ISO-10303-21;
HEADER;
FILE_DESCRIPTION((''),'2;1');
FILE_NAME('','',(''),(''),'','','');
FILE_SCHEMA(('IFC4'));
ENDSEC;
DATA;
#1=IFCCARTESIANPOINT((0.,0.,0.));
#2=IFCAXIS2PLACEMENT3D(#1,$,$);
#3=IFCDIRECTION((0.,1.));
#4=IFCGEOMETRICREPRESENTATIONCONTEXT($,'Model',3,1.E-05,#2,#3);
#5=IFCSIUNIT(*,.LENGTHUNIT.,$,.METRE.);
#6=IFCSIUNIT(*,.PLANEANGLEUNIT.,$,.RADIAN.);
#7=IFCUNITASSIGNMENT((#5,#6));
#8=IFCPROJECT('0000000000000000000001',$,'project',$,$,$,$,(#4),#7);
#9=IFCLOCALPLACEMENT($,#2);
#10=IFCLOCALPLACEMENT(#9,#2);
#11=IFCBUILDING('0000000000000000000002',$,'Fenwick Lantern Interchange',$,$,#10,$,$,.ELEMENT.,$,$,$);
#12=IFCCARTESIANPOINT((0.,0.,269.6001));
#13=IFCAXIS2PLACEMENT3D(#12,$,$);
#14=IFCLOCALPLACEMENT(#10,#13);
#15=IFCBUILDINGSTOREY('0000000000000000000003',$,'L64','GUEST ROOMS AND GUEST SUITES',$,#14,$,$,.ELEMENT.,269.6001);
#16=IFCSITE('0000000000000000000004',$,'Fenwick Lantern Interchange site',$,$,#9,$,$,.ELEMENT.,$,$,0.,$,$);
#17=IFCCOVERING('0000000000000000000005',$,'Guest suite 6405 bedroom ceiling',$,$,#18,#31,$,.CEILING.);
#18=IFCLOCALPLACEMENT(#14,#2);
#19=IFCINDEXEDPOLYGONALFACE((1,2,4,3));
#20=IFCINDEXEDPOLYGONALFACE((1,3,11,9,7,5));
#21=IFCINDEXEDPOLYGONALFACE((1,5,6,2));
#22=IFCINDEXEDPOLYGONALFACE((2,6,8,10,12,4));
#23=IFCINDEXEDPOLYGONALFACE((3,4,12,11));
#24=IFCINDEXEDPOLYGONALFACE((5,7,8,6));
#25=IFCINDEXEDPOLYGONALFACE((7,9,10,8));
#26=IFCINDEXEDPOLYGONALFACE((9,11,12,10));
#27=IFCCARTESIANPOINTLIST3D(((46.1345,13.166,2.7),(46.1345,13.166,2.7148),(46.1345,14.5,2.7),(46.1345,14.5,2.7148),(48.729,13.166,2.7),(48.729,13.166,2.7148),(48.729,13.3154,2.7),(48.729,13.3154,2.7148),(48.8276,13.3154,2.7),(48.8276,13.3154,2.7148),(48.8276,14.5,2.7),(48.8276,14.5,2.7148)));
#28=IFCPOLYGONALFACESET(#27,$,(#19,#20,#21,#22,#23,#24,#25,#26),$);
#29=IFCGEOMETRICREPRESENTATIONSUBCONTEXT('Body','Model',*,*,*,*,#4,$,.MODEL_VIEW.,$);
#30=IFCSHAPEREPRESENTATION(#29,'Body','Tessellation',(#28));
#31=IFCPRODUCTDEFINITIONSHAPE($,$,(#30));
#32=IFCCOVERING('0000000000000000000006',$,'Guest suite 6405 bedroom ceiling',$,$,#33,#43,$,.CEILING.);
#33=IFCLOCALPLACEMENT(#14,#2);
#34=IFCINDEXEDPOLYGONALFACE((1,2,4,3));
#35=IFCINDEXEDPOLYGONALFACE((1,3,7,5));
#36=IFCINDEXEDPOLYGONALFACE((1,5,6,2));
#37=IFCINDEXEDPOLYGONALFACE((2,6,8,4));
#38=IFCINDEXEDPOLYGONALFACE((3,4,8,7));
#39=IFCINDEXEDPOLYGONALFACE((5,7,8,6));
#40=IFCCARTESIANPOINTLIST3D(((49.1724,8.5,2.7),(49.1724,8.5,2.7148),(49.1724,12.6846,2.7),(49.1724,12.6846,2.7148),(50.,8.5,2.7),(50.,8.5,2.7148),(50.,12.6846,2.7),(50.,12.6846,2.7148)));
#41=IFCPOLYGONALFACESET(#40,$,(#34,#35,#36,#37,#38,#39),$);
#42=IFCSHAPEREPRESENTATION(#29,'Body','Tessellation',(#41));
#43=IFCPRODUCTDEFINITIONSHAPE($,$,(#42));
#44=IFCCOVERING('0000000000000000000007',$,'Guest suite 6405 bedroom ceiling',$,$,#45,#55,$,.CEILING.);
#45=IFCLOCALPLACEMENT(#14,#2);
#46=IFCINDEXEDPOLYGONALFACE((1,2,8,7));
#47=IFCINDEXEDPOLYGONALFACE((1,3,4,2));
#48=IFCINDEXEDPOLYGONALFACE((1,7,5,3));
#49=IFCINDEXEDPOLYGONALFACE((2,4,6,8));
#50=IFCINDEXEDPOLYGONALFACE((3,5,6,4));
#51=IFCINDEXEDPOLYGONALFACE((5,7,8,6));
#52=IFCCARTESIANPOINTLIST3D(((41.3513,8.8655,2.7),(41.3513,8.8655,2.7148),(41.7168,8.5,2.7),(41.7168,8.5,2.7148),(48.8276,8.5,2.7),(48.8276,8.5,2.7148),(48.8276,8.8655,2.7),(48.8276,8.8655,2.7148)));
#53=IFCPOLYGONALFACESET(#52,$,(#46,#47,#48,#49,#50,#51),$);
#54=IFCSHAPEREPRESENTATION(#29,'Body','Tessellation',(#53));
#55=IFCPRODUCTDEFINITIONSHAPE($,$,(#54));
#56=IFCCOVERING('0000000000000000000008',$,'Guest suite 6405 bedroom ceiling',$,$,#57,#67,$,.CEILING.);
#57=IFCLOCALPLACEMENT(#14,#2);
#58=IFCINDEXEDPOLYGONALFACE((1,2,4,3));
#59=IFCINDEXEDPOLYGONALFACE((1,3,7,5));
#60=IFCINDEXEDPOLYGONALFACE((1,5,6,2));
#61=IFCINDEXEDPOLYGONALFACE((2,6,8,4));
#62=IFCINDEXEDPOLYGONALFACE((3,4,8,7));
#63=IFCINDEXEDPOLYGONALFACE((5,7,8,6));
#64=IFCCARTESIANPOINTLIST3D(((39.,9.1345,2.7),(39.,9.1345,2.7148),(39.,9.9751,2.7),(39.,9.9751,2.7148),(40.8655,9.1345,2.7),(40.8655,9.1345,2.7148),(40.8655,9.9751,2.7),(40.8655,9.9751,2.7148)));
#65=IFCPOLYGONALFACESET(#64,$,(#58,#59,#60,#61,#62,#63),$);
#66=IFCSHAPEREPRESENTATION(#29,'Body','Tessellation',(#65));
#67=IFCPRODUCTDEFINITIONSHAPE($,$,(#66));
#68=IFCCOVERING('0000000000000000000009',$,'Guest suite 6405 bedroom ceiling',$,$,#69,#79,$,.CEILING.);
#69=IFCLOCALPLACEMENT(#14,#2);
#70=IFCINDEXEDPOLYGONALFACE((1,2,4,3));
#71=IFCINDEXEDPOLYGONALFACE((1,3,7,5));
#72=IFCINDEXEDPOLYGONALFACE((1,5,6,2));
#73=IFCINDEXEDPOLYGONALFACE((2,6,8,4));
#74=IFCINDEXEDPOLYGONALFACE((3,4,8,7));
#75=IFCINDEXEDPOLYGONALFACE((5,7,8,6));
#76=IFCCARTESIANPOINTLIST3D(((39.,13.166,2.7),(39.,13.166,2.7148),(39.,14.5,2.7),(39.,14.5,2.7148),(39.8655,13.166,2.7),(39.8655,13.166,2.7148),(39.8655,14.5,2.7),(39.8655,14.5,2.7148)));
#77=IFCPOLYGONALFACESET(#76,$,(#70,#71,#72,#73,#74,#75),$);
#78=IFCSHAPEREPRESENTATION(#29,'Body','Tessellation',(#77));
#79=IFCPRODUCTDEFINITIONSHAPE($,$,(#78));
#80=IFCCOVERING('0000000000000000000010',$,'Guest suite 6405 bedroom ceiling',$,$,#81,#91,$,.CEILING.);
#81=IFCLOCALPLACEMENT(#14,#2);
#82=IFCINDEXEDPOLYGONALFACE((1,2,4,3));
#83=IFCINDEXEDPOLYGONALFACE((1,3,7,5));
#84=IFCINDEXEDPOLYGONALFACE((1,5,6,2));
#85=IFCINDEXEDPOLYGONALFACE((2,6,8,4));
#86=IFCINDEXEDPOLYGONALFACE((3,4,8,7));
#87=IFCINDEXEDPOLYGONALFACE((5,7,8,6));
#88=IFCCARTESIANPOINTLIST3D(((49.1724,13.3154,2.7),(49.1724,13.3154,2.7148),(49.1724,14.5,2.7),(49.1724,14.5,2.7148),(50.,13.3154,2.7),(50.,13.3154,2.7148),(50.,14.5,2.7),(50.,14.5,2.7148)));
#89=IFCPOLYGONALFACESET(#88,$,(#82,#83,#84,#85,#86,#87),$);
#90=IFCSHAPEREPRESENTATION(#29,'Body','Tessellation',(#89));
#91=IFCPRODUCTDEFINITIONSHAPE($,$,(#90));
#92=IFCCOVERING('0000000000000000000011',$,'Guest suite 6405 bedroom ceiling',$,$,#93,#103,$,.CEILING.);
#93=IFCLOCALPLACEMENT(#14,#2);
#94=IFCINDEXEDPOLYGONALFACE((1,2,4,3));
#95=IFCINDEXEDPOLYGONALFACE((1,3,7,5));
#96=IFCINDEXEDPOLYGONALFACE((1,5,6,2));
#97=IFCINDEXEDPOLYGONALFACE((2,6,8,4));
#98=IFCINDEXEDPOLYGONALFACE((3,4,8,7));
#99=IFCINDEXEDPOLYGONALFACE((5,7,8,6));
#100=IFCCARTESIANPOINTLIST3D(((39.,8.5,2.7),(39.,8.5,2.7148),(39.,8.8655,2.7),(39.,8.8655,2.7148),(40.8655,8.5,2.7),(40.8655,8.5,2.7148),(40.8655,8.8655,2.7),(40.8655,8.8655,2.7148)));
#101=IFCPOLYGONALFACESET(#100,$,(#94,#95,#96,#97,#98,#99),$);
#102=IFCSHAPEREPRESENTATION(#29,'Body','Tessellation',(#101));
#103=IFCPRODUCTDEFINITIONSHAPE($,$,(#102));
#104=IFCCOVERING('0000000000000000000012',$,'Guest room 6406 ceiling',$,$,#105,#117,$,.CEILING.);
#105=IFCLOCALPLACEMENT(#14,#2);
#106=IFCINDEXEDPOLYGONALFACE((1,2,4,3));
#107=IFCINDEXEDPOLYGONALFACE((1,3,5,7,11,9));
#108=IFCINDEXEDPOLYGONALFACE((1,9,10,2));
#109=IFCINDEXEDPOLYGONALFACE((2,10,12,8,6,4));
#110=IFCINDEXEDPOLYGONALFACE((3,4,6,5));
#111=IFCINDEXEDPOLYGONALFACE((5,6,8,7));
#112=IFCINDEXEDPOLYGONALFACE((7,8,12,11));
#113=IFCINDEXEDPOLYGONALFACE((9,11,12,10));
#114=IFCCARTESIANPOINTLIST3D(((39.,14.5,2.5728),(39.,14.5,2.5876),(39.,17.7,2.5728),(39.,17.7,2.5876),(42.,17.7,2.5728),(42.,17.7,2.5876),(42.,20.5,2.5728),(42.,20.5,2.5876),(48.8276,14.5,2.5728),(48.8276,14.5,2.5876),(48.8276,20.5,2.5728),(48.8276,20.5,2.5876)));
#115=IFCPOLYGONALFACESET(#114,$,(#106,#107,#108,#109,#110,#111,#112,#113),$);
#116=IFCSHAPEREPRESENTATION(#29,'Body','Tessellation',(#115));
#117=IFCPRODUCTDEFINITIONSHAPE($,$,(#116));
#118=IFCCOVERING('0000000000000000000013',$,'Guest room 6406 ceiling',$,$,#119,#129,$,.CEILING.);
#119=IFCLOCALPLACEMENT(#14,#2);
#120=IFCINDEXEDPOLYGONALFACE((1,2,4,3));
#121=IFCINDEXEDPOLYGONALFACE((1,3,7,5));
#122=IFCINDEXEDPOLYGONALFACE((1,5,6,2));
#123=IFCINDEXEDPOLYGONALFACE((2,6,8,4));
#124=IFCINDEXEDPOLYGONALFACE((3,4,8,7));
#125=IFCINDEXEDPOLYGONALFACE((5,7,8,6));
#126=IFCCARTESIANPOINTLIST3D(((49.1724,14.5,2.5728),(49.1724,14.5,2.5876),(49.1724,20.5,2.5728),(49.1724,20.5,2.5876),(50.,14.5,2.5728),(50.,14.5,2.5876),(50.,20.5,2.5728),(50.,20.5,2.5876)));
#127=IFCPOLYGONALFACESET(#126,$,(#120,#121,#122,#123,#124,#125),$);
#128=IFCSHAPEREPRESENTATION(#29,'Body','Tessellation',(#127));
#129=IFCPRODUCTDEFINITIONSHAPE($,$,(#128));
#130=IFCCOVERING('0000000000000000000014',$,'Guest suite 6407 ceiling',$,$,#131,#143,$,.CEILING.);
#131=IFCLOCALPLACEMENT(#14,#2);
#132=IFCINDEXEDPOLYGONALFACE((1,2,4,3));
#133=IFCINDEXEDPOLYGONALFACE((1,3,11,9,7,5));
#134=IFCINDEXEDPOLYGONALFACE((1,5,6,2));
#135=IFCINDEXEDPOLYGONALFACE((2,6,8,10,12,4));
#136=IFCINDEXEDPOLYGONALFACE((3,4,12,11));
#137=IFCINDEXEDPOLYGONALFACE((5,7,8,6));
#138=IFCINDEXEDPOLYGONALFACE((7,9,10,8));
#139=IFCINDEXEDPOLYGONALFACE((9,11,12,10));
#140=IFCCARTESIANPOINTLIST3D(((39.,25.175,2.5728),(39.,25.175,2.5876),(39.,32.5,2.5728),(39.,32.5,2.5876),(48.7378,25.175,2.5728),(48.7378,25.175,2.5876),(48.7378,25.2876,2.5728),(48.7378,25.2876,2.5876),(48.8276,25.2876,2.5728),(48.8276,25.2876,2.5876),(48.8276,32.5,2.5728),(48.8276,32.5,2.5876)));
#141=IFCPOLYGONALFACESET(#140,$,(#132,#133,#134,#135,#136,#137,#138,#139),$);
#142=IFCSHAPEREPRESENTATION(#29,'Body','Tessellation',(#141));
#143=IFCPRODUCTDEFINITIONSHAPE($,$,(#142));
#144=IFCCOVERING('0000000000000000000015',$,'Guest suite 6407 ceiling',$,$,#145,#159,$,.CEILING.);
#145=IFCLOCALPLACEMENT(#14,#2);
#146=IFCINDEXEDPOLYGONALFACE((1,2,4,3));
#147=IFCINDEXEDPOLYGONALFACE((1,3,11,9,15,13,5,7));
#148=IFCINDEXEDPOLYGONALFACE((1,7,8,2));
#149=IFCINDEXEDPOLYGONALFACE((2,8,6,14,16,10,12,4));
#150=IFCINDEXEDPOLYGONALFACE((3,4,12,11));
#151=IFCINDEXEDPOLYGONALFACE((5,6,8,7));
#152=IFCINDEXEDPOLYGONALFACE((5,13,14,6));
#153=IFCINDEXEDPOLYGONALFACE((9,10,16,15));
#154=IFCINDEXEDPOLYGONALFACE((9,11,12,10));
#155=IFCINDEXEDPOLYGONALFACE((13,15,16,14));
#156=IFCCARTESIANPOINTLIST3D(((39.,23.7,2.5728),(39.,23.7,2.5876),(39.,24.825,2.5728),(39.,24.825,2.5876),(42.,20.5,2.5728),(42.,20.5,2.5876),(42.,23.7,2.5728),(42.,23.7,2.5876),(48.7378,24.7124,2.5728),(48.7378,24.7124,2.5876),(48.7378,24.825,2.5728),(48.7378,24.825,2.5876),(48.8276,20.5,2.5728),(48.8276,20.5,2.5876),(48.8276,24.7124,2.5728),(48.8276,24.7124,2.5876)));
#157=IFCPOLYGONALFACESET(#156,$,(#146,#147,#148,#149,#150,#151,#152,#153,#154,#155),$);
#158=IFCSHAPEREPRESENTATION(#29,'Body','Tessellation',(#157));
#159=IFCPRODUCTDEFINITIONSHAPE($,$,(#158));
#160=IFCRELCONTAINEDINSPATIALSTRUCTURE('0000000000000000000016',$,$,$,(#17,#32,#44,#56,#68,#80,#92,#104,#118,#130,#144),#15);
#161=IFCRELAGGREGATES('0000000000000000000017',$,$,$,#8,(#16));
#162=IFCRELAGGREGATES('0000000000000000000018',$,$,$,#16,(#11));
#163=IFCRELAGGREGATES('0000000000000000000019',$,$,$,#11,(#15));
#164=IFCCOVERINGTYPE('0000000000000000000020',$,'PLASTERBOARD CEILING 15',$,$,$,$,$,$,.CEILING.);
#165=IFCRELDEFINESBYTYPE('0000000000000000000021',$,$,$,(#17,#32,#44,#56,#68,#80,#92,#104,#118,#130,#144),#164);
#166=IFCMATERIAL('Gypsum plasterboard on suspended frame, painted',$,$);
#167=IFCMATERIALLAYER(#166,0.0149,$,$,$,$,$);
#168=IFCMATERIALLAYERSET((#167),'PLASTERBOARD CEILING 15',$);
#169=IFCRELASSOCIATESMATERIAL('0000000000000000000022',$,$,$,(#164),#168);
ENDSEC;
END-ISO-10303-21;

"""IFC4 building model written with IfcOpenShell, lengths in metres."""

from ifc_helpers import new_model, si_unit, direction, frame, origin, place, context, subcontext, project, spatial, polyline, outline, extrude, material, layer, layer_set, type_object, element, save


model = new_model("IFC4")

# Units and contexts
model_context = context("Model", 3, precision=1e-05, world=origin(), true_north=direction((0.0, 1.0)))
body_context = subcontext(model_context, "Body", "Model", "MODEL_VIEW")
ifc_project = project(units=[si_unit("LENGTHUNIT", "METRE"), si_unit("PLANEANGLEUNIT", "RADIAN")], contexts=[model_context])

# Site, building, storey
site_placement = place(None, origin())
site = spatial("IfcSite", under=ifc_project, at=site_placement, Name="Fenwick Lantern Interchange site", CompositionType="ELEMENT", RefElevation=0.0)
building_placement = place(site_placement, origin())
building = spatial("IfcBuilding", under=site, at=building_placement, Name="Fenwick Lantern Interchange", CompositionType="ELEMENT")
storey_placement = place(building_placement, frame((0.0, 0.0, 269.6001)))
storey = spatial("IfcBuildingStorey", under=building, at=storey_placement, Name="L64", Description="GUEST ROOMS AND GUEST SUITES", CompositionType="ELEMENT", Elevation=269.6001)

# Coverings
ifc_material_1 = material(Name="Gypsum plasterboard on suspended frame, painted")
ifc_layer_1 = layer(ifc_material_1, 0.0149)
ifc_layer_set_1 = layer_set([ifc_layer_1], Name="PLASTERBOARD CEILING 15")
covering_type_1 = type_object("IfcCoveringType", Name="PLASTERBOARD CEILING 15", PredefinedType="CEILING", material=ifc_layer_set_1)
covering_1_placement = place(storey_placement, frame((0.0, 0.0, 2.7)))
element("IfcCovering", 1, at=covering_1_placement, inside=storey, type_object=covering_type_1, Name="Guest suite 6405 bedroom ceiling", PredefinedType="CEILING", context=body_context, shape_type="SweptSolid", body=[
    extrude(outline(polyline([(48.729, 13.3154), (48.8276, 13.3154), (48.8276, 14.5), (46.1345, 14.5), (46.1345, 13.166), (48.729, 13.166), (48.729, 13.3154)])), origin(), (0.0, 0.0, 1.0), 0.0149),
])
covering_2_placement = place(storey_placement, frame((0.0, 0.0, 2.7)))
element("IfcCovering", 2, at=covering_2_placement, inside=storey, type_object=covering_type_1, Name="Guest suite 6405 bedroom ceiling", PredefinedType="CEILING", context=body_context, shape_type="SweptSolid", body=[
    extrude(outline(polyline([(50.0, 12.6846), (49.1724, 12.6846), (49.1724, 8.5), (50.0, 8.5), (50.0, 12.6846)])), origin(), (0.0, 0.0, 1.0), 0.0149),
])
covering_3_placement = place(storey_placement, frame((0.0, 0.0, 2.7)))
element("IfcCovering", 3, at=covering_3_placement, inside=storey, type_object=covering_type_1, Name="Guest suite 6405 bedroom ceiling", PredefinedType="CEILING", context=body_context, shape_type="SweptSolid", body=[
    extrude(outline(polyline([(41.7168, 8.5), (48.8276, 8.5), (48.8276, 8.8655), (41.3513, 8.8655), (41.7168, 8.5)])), origin(), (0.0, 0.0, 1.0), 0.0149),
])
covering_4_placement = place(storey_placement, frame((0.0, 0.0, 2.7)))
element("IfcCovering", 4, at=covering_4_placement, inside=storey, type_object=covering_type_1, Name="Guest suite 6405 bedroom ceiling", PredefinedType="CEILING", context=body_context, shape_type="SweptSolid", body=[
    extrude(outline(polyline([(39.0, 9.9751), (39.0, 9.1345), (40.8655, 9.1345), (40.8655, 9.9751), (39.0, 9.9751)])), origin(), (0.0, 0.0, 1.0), 0.0149),
])
covering_5_placement = place(storey_placement, frame((0.0, 0.0, 2.7)))
element("IfcCovering", 5, at=covering_5_placement, inside=storey, type_object=covering_type_1, Name="Guest suite 6405 bedroom ceiling", PredefinedType="CEILING", context=body_context, shape_type="SweptSolid", body=[
    extrude(outline(polyline([(39.0, 14.5), (39.0, 13.166), (39.8655, 13.166), (39.8655, 14.5), (39.0, 14.5)])), origin(), (0.0, 0.0, 1.0), 0.0149),
])
covering_6_placement = place(storey_placement, frame((0.0, 0.0, 2.7)))
element("IfcCovering", 6, at=covering_6_placement, inside=storey, type_object=covering_type_1, Name="Guest suite 6405 bedroom ceiling", PredefinedType="CEILING", context=body_context, shape_type="SweptSolid", body=[
    extrude(outline(polyline([(50.0, 13.3154), (50.0, 14.5), (49.1724, 14.5), (49.1724, 13.3154), (50.0, 13.3154)])), origin(), (0.0, 0.0, 1.0), 0.0149),
])
covering_7_placement = place(storey_placement, frame((0.0, 0.0, 2.7)))
element("IfcCovering", 7, at=covering_7_placement, inside=storey, type_object=covering_type_1, Name="Guest suite 6405 bedroom ceiling", PredefinedType="CEILING", context=body_context, shape_type="SweptSolid", body=[
    extrude(outline(polyline([(39.0, 8.5), (40.8655, 8.5), (40.8655, 8.8655), (39.0, 8.8655), (39.0, 8.5)])), origin(), (0.0, 0.0, 1.0), 0.0149),
])
covering_8_placement = place(storey_placement, frame((0.0, 0.0, 2.5728)))
element("IfcCovering", 8, at=covering_8_placement, inside=storey, type_object=covering_type_1, Name="Guest room 6406 ceiling", PredefinedType="CEILING", context=body_context, shape_type="SweptSolid", body=[
    extrude(outline(polyline([(39.0, 14.5), (48.8276, 14.5), (48.8276, 20.5), (42.0, 20.5), (42.0, 17.7), (39.0, 17.7), (39.0, 14.5)])), origin(), (0.0, 0.0, 1.0), 0.0149),
])
covering_9_placement = place(storey_placement, frame((0.0, 0.0, 2.5728)))
element("IfcCovering", 9, at=covering_9_placement, inside=storey, type_object=covering_type_1, Name="Guest room 6406 ceiling", PredefinedType="CEILING", context=body_context, shape_type="SweptSolid", body=[
    extrude(outline(polyline([(50.0, 14.5), (50.0, 20.5), (49.1724, 20.5), (49.1724, 14.5), (50.0, 14.5)])), origin(), (0.0, 0.0, 1.0), 0.0149),
])
covering_10_placement = place(storey_placement, frame((0.0, 0.0, 2.5728)))
element("IfcCovering", 10, at=covering_10_placement, inside=storey, type_object=covering_type_1, Name="Guest suite 6407 ceiling", PredefinedType="CEILING", context=body_context, shape_type="SweptSolid", body=[
    extrude(outline(polyline([(48.7378, 25.2876), (48.8276, 25.2876), (48.8276, 32.5), (39.0, 32.5), (39.0, 25.175), (48.7378, 25.175), (48.7378, 25.2876)])), origin(), (0.0, 0.0, 1.0), 0.0149),
])
covering_11_placement = place(storey_placement, frame((0.0, 0.0, 2.5728)))
element("IfcCovering", 11, at=covering_11_placement, inside=storey, type_object=covering_type_1, Name="Guest suite 6407 ceiling", PredefinedType="CEILING", context=body_context, shape_type="SweptSolid", body=[
    extrude(outline(polyline([(48.7378, 24.7124), (48.7378, 24.825), (39.0, 24.825), (39.0, 23.7), (42.0, 23.7), (42.0, 20.5), (48.8276, 20.5), (48.8276, 24.7124), (48.7378, 24.7124)])), origin(), (0.0, 0.0, 1.0), 0.0149),
])

save(model, "model.ifc")
